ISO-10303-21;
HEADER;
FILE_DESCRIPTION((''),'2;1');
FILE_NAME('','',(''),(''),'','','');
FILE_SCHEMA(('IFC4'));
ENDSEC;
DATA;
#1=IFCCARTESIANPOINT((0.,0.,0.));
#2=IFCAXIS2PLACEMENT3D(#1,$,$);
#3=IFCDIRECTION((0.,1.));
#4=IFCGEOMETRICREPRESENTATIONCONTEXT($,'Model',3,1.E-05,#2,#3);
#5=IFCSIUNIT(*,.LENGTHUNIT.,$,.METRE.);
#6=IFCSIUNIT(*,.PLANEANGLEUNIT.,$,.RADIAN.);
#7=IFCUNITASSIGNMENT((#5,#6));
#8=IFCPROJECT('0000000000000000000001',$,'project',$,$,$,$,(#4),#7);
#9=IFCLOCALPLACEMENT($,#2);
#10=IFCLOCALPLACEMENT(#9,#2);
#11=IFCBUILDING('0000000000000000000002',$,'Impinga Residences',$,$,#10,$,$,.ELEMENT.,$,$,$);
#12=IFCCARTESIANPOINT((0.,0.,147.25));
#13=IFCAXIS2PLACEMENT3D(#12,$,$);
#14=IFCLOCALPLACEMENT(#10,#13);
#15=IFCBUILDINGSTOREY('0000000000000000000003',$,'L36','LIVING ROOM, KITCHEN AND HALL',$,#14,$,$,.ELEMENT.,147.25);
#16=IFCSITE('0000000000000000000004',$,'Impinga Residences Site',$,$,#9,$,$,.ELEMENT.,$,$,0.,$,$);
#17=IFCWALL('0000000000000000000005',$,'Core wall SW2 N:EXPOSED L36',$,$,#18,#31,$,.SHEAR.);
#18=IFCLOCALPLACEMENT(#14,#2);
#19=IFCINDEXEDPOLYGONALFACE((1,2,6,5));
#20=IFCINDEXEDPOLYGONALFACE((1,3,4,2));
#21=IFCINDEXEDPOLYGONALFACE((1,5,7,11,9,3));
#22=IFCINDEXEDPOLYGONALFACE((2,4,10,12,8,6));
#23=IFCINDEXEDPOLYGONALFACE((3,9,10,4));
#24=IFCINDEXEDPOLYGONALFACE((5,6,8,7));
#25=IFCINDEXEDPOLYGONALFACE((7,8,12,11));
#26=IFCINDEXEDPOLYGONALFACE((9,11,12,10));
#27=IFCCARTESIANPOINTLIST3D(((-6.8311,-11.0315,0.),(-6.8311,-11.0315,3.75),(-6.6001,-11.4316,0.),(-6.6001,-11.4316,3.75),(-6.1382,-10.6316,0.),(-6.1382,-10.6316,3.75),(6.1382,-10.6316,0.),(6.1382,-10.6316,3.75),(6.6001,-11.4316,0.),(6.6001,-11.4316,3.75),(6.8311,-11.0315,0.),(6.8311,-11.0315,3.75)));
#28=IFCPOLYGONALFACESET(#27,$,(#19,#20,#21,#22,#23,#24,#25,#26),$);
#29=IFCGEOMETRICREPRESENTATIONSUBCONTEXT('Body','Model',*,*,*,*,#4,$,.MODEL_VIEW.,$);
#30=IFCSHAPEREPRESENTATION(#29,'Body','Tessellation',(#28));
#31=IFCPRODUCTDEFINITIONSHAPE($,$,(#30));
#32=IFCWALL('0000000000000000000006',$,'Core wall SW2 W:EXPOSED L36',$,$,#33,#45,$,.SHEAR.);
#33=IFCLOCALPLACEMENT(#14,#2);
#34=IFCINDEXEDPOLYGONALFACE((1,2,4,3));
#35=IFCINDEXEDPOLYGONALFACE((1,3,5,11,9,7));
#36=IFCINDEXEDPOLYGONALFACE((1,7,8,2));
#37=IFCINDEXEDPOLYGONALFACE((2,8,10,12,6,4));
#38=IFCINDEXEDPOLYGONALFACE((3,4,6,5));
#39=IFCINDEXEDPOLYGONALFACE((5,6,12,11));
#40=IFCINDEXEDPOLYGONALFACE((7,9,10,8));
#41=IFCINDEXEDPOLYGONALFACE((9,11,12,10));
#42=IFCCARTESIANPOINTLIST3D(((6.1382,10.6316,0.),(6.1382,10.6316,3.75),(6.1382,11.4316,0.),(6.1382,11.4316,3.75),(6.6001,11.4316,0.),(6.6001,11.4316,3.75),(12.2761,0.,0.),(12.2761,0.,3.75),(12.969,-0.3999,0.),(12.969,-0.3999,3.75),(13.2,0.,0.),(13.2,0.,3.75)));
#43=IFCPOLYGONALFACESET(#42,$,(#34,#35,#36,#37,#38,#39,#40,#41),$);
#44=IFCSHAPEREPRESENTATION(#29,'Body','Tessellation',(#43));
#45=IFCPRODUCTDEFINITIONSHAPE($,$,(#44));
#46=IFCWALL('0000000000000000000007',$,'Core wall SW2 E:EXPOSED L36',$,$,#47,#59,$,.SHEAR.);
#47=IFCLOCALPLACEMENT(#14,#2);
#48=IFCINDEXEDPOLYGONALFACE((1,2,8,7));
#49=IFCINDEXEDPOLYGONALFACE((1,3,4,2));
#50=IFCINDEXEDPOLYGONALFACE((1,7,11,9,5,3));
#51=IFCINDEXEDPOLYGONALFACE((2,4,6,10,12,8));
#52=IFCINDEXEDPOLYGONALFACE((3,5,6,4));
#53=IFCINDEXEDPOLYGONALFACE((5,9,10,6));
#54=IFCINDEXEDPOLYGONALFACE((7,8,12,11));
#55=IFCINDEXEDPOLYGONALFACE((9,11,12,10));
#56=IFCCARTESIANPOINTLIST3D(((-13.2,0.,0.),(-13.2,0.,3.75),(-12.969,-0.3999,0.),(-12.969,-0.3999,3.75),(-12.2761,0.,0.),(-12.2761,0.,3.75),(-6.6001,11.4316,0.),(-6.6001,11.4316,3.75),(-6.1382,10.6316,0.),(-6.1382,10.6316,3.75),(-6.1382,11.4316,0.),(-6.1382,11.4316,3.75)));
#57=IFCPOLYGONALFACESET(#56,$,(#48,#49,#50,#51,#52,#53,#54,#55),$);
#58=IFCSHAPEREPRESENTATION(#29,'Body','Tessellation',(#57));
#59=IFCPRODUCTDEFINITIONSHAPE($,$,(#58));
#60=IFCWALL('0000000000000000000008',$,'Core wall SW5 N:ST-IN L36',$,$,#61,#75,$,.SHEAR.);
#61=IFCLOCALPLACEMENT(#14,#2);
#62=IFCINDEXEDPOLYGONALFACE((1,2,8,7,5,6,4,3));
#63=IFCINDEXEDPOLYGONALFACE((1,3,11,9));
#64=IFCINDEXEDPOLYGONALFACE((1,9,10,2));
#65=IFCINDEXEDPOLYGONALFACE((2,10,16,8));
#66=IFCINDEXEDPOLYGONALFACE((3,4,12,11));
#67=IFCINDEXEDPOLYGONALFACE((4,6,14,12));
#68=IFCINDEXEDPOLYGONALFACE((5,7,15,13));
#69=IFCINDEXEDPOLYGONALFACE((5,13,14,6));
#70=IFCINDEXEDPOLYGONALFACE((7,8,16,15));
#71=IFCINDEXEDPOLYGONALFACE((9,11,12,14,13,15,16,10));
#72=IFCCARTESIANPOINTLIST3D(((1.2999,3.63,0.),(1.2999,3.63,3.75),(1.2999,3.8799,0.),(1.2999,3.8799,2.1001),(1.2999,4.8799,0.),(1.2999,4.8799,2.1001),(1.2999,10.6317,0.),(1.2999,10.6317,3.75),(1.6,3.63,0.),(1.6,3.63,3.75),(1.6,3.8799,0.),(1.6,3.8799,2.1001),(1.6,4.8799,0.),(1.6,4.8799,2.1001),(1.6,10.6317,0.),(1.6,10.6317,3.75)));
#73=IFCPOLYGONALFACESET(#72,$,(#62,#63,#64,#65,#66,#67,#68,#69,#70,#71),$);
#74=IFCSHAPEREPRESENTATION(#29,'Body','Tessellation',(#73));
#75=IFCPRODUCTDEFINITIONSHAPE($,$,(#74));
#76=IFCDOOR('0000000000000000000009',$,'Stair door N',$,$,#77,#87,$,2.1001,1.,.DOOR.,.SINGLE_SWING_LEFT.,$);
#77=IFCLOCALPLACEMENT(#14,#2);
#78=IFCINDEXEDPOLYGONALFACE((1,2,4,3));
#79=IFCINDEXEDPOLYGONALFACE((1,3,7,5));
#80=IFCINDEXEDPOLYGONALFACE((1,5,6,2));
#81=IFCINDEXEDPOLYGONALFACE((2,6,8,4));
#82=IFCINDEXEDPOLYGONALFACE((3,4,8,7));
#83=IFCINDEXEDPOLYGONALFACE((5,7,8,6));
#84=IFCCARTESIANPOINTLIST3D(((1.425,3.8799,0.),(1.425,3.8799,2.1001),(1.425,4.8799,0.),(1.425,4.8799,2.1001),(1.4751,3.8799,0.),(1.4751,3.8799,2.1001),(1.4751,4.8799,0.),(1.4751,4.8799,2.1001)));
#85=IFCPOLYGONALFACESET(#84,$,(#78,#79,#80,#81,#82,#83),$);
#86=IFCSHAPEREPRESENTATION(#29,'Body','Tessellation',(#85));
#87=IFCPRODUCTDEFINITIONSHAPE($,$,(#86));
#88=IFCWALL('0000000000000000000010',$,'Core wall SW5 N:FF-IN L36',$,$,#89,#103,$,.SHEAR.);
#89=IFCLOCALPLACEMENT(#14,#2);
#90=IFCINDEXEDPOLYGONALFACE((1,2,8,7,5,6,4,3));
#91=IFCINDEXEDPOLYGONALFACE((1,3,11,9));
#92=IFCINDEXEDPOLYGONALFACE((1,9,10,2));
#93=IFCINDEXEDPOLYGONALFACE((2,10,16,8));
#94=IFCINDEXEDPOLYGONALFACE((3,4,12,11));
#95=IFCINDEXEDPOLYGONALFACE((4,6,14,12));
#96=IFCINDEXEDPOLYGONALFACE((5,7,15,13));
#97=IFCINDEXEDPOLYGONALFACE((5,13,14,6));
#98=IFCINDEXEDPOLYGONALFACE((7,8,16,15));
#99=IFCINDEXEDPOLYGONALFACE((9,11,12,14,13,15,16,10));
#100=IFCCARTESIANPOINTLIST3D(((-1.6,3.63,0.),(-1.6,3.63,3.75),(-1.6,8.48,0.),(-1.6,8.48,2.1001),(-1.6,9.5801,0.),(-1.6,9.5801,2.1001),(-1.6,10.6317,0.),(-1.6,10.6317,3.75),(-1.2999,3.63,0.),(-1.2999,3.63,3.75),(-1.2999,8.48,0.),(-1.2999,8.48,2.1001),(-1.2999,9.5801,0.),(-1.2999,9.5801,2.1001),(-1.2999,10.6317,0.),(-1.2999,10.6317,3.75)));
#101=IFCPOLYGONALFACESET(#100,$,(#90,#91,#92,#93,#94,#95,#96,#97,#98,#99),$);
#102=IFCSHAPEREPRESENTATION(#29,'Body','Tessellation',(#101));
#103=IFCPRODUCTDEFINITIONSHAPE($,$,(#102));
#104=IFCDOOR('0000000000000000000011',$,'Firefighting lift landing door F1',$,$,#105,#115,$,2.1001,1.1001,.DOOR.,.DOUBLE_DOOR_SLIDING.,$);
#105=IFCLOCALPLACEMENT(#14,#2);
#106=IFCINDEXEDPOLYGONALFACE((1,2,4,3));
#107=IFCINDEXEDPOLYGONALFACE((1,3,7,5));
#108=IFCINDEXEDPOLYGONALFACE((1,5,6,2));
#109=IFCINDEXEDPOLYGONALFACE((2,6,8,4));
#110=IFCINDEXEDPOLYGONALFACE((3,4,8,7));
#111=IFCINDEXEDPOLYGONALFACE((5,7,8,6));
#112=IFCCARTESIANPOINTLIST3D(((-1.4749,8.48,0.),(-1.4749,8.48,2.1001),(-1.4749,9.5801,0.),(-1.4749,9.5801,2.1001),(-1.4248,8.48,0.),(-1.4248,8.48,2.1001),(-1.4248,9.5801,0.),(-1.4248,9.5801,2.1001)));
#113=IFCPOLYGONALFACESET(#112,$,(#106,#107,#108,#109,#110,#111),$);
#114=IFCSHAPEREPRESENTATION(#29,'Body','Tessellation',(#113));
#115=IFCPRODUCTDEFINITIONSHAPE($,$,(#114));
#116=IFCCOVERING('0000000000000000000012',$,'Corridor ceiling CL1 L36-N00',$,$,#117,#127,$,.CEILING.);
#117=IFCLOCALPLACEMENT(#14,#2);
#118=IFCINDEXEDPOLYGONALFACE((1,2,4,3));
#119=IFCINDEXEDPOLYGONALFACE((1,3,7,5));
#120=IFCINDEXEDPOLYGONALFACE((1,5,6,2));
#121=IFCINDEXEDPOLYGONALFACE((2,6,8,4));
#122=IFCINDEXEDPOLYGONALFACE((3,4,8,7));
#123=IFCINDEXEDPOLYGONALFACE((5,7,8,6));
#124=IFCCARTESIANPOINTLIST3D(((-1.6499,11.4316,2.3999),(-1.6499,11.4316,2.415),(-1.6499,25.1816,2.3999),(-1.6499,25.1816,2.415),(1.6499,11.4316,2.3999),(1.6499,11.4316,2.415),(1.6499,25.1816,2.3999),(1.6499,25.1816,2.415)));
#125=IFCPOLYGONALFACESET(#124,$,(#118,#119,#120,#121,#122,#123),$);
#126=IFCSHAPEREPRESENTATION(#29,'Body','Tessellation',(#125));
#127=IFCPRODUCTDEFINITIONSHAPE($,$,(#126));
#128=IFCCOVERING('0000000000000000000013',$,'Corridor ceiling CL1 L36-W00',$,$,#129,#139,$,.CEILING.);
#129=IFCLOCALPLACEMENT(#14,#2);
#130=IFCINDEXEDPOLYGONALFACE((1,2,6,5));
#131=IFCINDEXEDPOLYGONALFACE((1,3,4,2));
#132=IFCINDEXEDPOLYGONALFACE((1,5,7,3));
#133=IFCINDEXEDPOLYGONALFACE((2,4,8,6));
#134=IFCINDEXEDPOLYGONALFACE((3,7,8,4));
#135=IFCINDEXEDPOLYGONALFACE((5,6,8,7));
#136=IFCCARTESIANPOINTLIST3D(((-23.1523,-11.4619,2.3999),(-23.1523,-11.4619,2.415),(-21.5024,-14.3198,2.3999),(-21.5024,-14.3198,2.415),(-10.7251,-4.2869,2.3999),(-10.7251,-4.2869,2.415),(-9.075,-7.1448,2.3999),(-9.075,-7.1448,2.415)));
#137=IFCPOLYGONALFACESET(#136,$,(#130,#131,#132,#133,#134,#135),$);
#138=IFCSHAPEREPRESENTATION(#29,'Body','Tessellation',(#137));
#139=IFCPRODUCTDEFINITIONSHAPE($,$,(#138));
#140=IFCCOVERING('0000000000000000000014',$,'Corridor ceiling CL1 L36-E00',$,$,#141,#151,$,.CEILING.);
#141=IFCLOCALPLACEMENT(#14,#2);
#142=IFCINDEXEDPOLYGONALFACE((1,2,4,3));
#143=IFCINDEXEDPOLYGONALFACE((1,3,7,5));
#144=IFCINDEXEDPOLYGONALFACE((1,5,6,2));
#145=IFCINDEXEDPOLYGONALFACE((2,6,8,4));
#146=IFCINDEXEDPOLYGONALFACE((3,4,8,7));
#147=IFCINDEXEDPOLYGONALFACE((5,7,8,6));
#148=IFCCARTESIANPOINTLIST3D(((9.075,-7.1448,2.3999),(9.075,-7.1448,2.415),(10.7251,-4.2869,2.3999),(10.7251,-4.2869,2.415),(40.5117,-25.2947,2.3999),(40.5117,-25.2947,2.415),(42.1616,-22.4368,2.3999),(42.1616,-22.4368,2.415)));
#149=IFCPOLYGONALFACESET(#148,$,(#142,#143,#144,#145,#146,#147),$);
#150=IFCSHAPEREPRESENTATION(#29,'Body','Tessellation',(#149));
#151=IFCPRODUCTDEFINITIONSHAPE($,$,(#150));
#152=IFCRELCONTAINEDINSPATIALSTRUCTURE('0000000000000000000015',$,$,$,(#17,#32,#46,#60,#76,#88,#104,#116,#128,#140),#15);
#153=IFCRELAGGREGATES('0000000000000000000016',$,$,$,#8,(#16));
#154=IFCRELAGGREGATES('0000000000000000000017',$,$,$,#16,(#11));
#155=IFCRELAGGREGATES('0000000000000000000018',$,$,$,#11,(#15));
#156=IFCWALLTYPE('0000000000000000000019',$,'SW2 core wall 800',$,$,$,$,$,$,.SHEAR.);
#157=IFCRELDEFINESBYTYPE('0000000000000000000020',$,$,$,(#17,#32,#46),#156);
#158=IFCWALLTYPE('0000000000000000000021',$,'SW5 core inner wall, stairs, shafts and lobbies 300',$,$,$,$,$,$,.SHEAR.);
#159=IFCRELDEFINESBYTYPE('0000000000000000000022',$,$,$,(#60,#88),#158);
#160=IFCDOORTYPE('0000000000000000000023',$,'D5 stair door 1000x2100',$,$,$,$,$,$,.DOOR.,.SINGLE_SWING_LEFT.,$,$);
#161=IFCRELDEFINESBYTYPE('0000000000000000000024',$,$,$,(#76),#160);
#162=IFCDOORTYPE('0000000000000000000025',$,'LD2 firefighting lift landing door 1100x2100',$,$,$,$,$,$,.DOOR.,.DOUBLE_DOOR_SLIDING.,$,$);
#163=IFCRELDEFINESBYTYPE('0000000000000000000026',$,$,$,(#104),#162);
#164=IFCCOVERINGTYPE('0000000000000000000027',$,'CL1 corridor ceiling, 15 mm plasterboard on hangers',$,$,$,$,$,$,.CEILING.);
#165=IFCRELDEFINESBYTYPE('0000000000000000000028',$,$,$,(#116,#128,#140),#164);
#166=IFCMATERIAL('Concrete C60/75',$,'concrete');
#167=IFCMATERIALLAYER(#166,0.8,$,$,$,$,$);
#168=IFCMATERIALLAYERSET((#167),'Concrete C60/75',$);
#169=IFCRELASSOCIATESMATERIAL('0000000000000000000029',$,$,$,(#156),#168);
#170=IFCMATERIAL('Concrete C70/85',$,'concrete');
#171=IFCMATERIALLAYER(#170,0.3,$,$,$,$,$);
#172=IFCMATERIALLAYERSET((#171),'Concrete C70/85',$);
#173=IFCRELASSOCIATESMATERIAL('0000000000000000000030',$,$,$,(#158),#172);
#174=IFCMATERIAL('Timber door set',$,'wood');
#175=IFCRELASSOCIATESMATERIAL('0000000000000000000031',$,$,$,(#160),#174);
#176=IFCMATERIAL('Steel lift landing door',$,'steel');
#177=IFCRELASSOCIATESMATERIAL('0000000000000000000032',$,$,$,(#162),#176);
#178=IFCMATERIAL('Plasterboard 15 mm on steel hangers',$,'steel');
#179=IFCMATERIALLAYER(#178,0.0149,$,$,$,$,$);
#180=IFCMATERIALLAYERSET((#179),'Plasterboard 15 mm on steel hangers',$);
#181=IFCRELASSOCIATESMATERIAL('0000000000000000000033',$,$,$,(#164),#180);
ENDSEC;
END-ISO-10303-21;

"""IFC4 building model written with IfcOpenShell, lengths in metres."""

from ifc_helpers import new_model, si_unit, direction, frame, frame_2d, origin, place, context, subcontext, project, spatial, polyline, rectangle, outline, extrude, material, layer, layer_set, type_object, element, fill, save


model = new_model("IFC4")

# Units and contexts
model_context = context("Model", 3, precision=1e-05, world=origin(), true_north=direction((0.0, 1.0)))
body_context = subcontext(model_context, "Body", "Model", "MODEL_VIEW")
ifc_project = project(units=[si_unit("LENGTHUNIT", "METRE"), si_unit("PLANEANGLEUNIT", "RADIAN")], contexts=[model_context])

# Site, building, storey
site_placement = place(None, origin())
site = spatial("IfcSite", under=ifc_project, at=site_placement, Name="Impinga Residences Site", CompositionType="ELEMENT", RefElevation=0.0)
building_placement = place(site_placement, origin())
building = spatial("IfcBuilding", under=site, at=building_placement, Name="Impinga Residences", CompositionType="ELEMENT")
storey_placement = place(building_placement, frame((0.0, 0.0, 147.25)))
storey = spatial("IfcBuildingStorey", under=building, at=storey_placement, Name="L36", Description="LIVING ROOM, KITCHEN AND HALL", CompositionType="ELEMENT", Elevation=147.25)

# Shared definitions
ifc_material_1 = material(Name="Concrete C60/75", Category="concrete")

# Shared definitions
ifc_material_2 = material(Name="Timber door set", Category="wood")

# Walls
ifc_layer_1 = layer(ifc_material_1, 0.8)
ifc_layer_set_1 = layer_set([ifc_layer_1], Name="Concrete C60/75")
wall_type_1 = type_object("IfcWallType", Name="SW2 core wall 800", PredefinedType="SHEAR", material=ifc_layer_set_1)
wall_1_placement = place(storey_placement, origin())
element("IfcWall", 1, at=wall_1_placement, inside=storey, type_object=wall_type_1, Name="Core wall SW2 N:EXPOSED L36", PredefinedType="SHEAR", context=body_context, shape_type="SweptSolid", body=[
    extrude(outline(polyline([(-6.6001, -11.4316), (6.6001, -11.4316), (6.8311, -11.0315), (6.1382, -10.6316), (-6.1382, -10.6316), (-6.8311, -11.0315), (-6.6001, -11.4316)])), origin(), (0.0, 0.0, 1.0), 3.75),
])
wall_2_placement = place(storey_placement, origin())
element("IfcWall", 2, at=wall_2_placement, inside=storey, type_object=wall_type_1, Name="Core wall SW2 W:EXPOSED L36", PredefinedType="SHEAR", context=body_context, shape_type="SweptSolid", body=[
    extrude(outline(polyline([(13.2, 0.0), (6.6001, 11.4316), (6.1382, 11.4316), (6.1382, 10.6316), (12.2761, 0.0), (12.969, -0.3999), (13.2, 0.0)])), origin(), (0.0, 0.0, 1.0), 3.75),
])
wall_3_placement = place(storey_placement, origin())
element("IfcWall", 3, at=wall_3_placement, inside=storey, type_object=wall_type_1, Name="Core wall SW2 E:EXPOSED L36", PredefinedType="SHEAR", context=body_context, shape_type="SweptSolid", body=[
    extrude(outline(polyline([(-6.6001, 11.4316), (-13.2, 0.0), (-12.969, -0.3999), (-12.2761, 0.0), (-6.1382, 10.6316), (-6.1382, 11.4316), (-6.6001, 11.4316)])), origin(), (0.0, 0.0, 1.0), 3.75),
])

# Walls, openings, doors
ifc_material_3 = material(Name="Concrete C70/85", Category="concrete")
ifc_layer_2 = layer(ifc_material_3, 0.3)
ifc_layer_set_2 = layer_set([ifc_layer_2], Name="Concrete C70/85")
wall_type_2 = type_object("IfcWallType", Name="SW5 core inner wall, stairs, shafts and lobbies 300", PredefinedType="SHEAR", material=ifc_layer_set_2)
wall_4_placement = place(storey_placement, frame((1.45, 3.6299, 0.0), z_axis=(0.0, 0.0, 1.0), x_axis=(0.0, 1.0, 0.0)))
wall_4 = element("IfcWall", 4, at=wall_4_placement, inside=storey, type_object=wall_type_2, Name="Core wall SW5 N:ST-IN L36", PredefinedType="SHEAR", context=body_context, shape_type="SweptSolid", body=[
    extrude(rectangle(XDim=7.0017, YDim=0.3, at=frame_2d((3.501, 0.0))), origin(), (0.0, 0.0, 1.0), 3.75),
])
opening_1_placement = place(wall_4_placement, frame((0.25, 0.0, 0.0)))
opening_1 = element("IfcOpeningElement", 5, at=opening_1_placement, cuts=wall_4, PredefinedType="OPENING", context=body_context, shape_type="SweptSolid", body=[
    extrude(rectangle(XDim=1.0, YDim=2.1001, at=frame_2d((0.5, 1.05))), frame((0.0, 0.1599, 0.0), z_axis=(0.0, -1.0, 0.0), x_axis=(1.0, 0.0, 0.0)), (0.0, 0.0, 1.0), 0.3201),
])
door_type_1 = type_object("IfcDoorType", Name="D5 stair door 1000x2100", OperationType="SINGLE_SWING_LEFT", PredefinedType="DOOR", material=ifc_material_2)
door_1_placement = place(opening_1_placement, origin())
door_1 = element("IfcDoor", 6, at=door_1_placement, inside=storey, type_object=door_type_1, Name="Stair door N", OperationType="SINGLE_SWING_LEFT", OverallHeight=2.1001, OverallWidth=1.0, PredefinedType="DOOR", context=body_context, shape_type="SweptSolid", body=[
    extrude(rectangle(XDim=1.0, YDim=2.1001, at=frame_2d((0.5, 1.05))), frame((0.0, 0.0249, 0.0), z_axis=(0.0, -1.0, 0.0), x_axis=(1.0, 0.0, 0.0)), (0.0, 0.0, 1.0), 0.05),
])
fill(opening_1, door_1)
wall_5_placement = place(storey_placement, frame((-1.45, 3.6299, 0.0), z_axis=(0.0, 0.0, 1.0), x_axis=(0.0, 1.0, 0.0)))
wall_5 = element("IfcWall", 7, at=wall_5_placement, inside=storey, type_object=wall_type_2, Name="Core wall SW5 N:FF-IN L36", PredefinedType="SHEAR", context=body_context, shape_type="SweptSolid", body=[
    extrude(rectangle(XDim=7.0017, YDim=0.3, at=frame_2d((3.501, 0.0))), origin(), (0.0, 0.0, 1.0), 3.75),
])
opening_2_placement = place(wall_5_placement, frame((4.8501, 0.0, 0.0)))
opening_2 = element("IfcOpeningElement", 8, at=opening_2_placement, cuts=wall_5, PredefinedType="OPENING", context=body_context, shape_type="SweptSolid", body=[
    extrude(rectangle(XDim=1.1001, YDim=2.1001, at=frame_2d((0.55, 1.05))), frame((0.0, 0.1599, 0.0), z_axis=(0.0, -1.0, 0.0), x_axis=(1.0, 0.0, 0.0)), (0.0, 0.0, 1.0), 0.3201),
])
ifc_material_4 = material(Name="Steel lift landing door", Category="steel")
door_type_2 = type_object("IfcDoorType", Name="LD2 firefighting lift landing door 1100x2100", OperationType="DOUBLE_DOOR_SLIDING", PredefinedType="DOOR", material=ifc_material_4)
door_2_placement = place(opening_2_placement, origin())
door_2 = element("IfcDoor", 9, at=door_2_placement, inside=storey, type_object=door_type_2, Name="Firefighting lift landing door F1", OperationType="DOUBLE_DOOR_SLIDING", OverallHeight=2.1001, OverallWidth=1.1001, PredefinedType="DOOR", context=body_context, shape_type="SweptSolid", body=[
    extrude(rectangle(XDim=1.1001, YDim=2.1001, at=frame_2d((0.55, 1.05))), frame((0.0, 0.0249, 0.0), z_axis=(0.0, -1.0, 0.0), x_axis=(1.0, 0.0, 0.0)), (0.0, 0.0, 1.0), 0.05),
])
fill(opening_2, door_2)

# Coverings
ifc_material_5 = material(Name="Plasterboard 15 mm on steel hangers", Category="steel")
ifc_layer_3 = layer(ifc_material_5, 0.0149)
ifc_layer_set_3 = layer_set([ifc_layer_3], Name="Plasterboard 15 mm on steel hangers")
covering_type_1 = type_object("IfcCoveringType", Name="CL1 corridor ceiling, 15 mm plasterboard on hangers", PredefinedType="CEILING", material=ifc_layer_set_3)
covering_1_placement = place(storey_placement, frame((0.0, 0.0, 2.3999)))
element("IfcCovering", 10, at=covering_1_placement, inside=storey, type_object=covering_type_1, Name="Corridor ceiling CL1 L36-N00", PredefinedType="CEILING", context=body_context, shape_type="SweptSolid", body=[
    extrude(outline(polyline([(-1.6499, 11.4316), (1.6499, 11.4316), (1.6499, 25.1816), (-1.6499, 25.1816), (-1.6499, 11.4316)])), origin(), (0.0, 0.0, 1.0), 0.0151),
])
covering_2_placement = place(storey_placement, frame((0.0, 0.0, 2.3999)))
element("IfcCovering", 11, at=covering_2_placement, inside=storey, type_object=covering_type_1, Name="Corridor ceiling CL1 L36-W00", PredefinedType="CEILING", context=body_context, shape_type="SweptSolid", body=[
    extrude(outline(polyline([(-9.075, -7.1448), (-10.7251, -4.2869), (-23.1523, -11.4619), (-21.5024, -14.3198), (-9.075, -7.1448)])), origin(), (0.0, 0.0, 1.0), 0.0151),
])
covering_3_placement = place(storey_placement, frame((0.0, 0.0, 2.3999)))
element("IfcCovering", 12, at=covering_3_placement, inside=storey, type_object=covering_type_1, Name="Corridor ceiling CL1 L36-E00", PredefinedType="CEILING", context=body_context, shape_type="SweptSolid", body=[
    extrude(outline(polyline([(10.7251, -4.2869), (9.075, -7.1448), (40.5117, -25.2947), (42.1616, -22.4368), (10.7251, -4.2869)])), origin(), (0.0, 0.0, 1.0), 0.0151),
])

save(model, "model.ifc")
